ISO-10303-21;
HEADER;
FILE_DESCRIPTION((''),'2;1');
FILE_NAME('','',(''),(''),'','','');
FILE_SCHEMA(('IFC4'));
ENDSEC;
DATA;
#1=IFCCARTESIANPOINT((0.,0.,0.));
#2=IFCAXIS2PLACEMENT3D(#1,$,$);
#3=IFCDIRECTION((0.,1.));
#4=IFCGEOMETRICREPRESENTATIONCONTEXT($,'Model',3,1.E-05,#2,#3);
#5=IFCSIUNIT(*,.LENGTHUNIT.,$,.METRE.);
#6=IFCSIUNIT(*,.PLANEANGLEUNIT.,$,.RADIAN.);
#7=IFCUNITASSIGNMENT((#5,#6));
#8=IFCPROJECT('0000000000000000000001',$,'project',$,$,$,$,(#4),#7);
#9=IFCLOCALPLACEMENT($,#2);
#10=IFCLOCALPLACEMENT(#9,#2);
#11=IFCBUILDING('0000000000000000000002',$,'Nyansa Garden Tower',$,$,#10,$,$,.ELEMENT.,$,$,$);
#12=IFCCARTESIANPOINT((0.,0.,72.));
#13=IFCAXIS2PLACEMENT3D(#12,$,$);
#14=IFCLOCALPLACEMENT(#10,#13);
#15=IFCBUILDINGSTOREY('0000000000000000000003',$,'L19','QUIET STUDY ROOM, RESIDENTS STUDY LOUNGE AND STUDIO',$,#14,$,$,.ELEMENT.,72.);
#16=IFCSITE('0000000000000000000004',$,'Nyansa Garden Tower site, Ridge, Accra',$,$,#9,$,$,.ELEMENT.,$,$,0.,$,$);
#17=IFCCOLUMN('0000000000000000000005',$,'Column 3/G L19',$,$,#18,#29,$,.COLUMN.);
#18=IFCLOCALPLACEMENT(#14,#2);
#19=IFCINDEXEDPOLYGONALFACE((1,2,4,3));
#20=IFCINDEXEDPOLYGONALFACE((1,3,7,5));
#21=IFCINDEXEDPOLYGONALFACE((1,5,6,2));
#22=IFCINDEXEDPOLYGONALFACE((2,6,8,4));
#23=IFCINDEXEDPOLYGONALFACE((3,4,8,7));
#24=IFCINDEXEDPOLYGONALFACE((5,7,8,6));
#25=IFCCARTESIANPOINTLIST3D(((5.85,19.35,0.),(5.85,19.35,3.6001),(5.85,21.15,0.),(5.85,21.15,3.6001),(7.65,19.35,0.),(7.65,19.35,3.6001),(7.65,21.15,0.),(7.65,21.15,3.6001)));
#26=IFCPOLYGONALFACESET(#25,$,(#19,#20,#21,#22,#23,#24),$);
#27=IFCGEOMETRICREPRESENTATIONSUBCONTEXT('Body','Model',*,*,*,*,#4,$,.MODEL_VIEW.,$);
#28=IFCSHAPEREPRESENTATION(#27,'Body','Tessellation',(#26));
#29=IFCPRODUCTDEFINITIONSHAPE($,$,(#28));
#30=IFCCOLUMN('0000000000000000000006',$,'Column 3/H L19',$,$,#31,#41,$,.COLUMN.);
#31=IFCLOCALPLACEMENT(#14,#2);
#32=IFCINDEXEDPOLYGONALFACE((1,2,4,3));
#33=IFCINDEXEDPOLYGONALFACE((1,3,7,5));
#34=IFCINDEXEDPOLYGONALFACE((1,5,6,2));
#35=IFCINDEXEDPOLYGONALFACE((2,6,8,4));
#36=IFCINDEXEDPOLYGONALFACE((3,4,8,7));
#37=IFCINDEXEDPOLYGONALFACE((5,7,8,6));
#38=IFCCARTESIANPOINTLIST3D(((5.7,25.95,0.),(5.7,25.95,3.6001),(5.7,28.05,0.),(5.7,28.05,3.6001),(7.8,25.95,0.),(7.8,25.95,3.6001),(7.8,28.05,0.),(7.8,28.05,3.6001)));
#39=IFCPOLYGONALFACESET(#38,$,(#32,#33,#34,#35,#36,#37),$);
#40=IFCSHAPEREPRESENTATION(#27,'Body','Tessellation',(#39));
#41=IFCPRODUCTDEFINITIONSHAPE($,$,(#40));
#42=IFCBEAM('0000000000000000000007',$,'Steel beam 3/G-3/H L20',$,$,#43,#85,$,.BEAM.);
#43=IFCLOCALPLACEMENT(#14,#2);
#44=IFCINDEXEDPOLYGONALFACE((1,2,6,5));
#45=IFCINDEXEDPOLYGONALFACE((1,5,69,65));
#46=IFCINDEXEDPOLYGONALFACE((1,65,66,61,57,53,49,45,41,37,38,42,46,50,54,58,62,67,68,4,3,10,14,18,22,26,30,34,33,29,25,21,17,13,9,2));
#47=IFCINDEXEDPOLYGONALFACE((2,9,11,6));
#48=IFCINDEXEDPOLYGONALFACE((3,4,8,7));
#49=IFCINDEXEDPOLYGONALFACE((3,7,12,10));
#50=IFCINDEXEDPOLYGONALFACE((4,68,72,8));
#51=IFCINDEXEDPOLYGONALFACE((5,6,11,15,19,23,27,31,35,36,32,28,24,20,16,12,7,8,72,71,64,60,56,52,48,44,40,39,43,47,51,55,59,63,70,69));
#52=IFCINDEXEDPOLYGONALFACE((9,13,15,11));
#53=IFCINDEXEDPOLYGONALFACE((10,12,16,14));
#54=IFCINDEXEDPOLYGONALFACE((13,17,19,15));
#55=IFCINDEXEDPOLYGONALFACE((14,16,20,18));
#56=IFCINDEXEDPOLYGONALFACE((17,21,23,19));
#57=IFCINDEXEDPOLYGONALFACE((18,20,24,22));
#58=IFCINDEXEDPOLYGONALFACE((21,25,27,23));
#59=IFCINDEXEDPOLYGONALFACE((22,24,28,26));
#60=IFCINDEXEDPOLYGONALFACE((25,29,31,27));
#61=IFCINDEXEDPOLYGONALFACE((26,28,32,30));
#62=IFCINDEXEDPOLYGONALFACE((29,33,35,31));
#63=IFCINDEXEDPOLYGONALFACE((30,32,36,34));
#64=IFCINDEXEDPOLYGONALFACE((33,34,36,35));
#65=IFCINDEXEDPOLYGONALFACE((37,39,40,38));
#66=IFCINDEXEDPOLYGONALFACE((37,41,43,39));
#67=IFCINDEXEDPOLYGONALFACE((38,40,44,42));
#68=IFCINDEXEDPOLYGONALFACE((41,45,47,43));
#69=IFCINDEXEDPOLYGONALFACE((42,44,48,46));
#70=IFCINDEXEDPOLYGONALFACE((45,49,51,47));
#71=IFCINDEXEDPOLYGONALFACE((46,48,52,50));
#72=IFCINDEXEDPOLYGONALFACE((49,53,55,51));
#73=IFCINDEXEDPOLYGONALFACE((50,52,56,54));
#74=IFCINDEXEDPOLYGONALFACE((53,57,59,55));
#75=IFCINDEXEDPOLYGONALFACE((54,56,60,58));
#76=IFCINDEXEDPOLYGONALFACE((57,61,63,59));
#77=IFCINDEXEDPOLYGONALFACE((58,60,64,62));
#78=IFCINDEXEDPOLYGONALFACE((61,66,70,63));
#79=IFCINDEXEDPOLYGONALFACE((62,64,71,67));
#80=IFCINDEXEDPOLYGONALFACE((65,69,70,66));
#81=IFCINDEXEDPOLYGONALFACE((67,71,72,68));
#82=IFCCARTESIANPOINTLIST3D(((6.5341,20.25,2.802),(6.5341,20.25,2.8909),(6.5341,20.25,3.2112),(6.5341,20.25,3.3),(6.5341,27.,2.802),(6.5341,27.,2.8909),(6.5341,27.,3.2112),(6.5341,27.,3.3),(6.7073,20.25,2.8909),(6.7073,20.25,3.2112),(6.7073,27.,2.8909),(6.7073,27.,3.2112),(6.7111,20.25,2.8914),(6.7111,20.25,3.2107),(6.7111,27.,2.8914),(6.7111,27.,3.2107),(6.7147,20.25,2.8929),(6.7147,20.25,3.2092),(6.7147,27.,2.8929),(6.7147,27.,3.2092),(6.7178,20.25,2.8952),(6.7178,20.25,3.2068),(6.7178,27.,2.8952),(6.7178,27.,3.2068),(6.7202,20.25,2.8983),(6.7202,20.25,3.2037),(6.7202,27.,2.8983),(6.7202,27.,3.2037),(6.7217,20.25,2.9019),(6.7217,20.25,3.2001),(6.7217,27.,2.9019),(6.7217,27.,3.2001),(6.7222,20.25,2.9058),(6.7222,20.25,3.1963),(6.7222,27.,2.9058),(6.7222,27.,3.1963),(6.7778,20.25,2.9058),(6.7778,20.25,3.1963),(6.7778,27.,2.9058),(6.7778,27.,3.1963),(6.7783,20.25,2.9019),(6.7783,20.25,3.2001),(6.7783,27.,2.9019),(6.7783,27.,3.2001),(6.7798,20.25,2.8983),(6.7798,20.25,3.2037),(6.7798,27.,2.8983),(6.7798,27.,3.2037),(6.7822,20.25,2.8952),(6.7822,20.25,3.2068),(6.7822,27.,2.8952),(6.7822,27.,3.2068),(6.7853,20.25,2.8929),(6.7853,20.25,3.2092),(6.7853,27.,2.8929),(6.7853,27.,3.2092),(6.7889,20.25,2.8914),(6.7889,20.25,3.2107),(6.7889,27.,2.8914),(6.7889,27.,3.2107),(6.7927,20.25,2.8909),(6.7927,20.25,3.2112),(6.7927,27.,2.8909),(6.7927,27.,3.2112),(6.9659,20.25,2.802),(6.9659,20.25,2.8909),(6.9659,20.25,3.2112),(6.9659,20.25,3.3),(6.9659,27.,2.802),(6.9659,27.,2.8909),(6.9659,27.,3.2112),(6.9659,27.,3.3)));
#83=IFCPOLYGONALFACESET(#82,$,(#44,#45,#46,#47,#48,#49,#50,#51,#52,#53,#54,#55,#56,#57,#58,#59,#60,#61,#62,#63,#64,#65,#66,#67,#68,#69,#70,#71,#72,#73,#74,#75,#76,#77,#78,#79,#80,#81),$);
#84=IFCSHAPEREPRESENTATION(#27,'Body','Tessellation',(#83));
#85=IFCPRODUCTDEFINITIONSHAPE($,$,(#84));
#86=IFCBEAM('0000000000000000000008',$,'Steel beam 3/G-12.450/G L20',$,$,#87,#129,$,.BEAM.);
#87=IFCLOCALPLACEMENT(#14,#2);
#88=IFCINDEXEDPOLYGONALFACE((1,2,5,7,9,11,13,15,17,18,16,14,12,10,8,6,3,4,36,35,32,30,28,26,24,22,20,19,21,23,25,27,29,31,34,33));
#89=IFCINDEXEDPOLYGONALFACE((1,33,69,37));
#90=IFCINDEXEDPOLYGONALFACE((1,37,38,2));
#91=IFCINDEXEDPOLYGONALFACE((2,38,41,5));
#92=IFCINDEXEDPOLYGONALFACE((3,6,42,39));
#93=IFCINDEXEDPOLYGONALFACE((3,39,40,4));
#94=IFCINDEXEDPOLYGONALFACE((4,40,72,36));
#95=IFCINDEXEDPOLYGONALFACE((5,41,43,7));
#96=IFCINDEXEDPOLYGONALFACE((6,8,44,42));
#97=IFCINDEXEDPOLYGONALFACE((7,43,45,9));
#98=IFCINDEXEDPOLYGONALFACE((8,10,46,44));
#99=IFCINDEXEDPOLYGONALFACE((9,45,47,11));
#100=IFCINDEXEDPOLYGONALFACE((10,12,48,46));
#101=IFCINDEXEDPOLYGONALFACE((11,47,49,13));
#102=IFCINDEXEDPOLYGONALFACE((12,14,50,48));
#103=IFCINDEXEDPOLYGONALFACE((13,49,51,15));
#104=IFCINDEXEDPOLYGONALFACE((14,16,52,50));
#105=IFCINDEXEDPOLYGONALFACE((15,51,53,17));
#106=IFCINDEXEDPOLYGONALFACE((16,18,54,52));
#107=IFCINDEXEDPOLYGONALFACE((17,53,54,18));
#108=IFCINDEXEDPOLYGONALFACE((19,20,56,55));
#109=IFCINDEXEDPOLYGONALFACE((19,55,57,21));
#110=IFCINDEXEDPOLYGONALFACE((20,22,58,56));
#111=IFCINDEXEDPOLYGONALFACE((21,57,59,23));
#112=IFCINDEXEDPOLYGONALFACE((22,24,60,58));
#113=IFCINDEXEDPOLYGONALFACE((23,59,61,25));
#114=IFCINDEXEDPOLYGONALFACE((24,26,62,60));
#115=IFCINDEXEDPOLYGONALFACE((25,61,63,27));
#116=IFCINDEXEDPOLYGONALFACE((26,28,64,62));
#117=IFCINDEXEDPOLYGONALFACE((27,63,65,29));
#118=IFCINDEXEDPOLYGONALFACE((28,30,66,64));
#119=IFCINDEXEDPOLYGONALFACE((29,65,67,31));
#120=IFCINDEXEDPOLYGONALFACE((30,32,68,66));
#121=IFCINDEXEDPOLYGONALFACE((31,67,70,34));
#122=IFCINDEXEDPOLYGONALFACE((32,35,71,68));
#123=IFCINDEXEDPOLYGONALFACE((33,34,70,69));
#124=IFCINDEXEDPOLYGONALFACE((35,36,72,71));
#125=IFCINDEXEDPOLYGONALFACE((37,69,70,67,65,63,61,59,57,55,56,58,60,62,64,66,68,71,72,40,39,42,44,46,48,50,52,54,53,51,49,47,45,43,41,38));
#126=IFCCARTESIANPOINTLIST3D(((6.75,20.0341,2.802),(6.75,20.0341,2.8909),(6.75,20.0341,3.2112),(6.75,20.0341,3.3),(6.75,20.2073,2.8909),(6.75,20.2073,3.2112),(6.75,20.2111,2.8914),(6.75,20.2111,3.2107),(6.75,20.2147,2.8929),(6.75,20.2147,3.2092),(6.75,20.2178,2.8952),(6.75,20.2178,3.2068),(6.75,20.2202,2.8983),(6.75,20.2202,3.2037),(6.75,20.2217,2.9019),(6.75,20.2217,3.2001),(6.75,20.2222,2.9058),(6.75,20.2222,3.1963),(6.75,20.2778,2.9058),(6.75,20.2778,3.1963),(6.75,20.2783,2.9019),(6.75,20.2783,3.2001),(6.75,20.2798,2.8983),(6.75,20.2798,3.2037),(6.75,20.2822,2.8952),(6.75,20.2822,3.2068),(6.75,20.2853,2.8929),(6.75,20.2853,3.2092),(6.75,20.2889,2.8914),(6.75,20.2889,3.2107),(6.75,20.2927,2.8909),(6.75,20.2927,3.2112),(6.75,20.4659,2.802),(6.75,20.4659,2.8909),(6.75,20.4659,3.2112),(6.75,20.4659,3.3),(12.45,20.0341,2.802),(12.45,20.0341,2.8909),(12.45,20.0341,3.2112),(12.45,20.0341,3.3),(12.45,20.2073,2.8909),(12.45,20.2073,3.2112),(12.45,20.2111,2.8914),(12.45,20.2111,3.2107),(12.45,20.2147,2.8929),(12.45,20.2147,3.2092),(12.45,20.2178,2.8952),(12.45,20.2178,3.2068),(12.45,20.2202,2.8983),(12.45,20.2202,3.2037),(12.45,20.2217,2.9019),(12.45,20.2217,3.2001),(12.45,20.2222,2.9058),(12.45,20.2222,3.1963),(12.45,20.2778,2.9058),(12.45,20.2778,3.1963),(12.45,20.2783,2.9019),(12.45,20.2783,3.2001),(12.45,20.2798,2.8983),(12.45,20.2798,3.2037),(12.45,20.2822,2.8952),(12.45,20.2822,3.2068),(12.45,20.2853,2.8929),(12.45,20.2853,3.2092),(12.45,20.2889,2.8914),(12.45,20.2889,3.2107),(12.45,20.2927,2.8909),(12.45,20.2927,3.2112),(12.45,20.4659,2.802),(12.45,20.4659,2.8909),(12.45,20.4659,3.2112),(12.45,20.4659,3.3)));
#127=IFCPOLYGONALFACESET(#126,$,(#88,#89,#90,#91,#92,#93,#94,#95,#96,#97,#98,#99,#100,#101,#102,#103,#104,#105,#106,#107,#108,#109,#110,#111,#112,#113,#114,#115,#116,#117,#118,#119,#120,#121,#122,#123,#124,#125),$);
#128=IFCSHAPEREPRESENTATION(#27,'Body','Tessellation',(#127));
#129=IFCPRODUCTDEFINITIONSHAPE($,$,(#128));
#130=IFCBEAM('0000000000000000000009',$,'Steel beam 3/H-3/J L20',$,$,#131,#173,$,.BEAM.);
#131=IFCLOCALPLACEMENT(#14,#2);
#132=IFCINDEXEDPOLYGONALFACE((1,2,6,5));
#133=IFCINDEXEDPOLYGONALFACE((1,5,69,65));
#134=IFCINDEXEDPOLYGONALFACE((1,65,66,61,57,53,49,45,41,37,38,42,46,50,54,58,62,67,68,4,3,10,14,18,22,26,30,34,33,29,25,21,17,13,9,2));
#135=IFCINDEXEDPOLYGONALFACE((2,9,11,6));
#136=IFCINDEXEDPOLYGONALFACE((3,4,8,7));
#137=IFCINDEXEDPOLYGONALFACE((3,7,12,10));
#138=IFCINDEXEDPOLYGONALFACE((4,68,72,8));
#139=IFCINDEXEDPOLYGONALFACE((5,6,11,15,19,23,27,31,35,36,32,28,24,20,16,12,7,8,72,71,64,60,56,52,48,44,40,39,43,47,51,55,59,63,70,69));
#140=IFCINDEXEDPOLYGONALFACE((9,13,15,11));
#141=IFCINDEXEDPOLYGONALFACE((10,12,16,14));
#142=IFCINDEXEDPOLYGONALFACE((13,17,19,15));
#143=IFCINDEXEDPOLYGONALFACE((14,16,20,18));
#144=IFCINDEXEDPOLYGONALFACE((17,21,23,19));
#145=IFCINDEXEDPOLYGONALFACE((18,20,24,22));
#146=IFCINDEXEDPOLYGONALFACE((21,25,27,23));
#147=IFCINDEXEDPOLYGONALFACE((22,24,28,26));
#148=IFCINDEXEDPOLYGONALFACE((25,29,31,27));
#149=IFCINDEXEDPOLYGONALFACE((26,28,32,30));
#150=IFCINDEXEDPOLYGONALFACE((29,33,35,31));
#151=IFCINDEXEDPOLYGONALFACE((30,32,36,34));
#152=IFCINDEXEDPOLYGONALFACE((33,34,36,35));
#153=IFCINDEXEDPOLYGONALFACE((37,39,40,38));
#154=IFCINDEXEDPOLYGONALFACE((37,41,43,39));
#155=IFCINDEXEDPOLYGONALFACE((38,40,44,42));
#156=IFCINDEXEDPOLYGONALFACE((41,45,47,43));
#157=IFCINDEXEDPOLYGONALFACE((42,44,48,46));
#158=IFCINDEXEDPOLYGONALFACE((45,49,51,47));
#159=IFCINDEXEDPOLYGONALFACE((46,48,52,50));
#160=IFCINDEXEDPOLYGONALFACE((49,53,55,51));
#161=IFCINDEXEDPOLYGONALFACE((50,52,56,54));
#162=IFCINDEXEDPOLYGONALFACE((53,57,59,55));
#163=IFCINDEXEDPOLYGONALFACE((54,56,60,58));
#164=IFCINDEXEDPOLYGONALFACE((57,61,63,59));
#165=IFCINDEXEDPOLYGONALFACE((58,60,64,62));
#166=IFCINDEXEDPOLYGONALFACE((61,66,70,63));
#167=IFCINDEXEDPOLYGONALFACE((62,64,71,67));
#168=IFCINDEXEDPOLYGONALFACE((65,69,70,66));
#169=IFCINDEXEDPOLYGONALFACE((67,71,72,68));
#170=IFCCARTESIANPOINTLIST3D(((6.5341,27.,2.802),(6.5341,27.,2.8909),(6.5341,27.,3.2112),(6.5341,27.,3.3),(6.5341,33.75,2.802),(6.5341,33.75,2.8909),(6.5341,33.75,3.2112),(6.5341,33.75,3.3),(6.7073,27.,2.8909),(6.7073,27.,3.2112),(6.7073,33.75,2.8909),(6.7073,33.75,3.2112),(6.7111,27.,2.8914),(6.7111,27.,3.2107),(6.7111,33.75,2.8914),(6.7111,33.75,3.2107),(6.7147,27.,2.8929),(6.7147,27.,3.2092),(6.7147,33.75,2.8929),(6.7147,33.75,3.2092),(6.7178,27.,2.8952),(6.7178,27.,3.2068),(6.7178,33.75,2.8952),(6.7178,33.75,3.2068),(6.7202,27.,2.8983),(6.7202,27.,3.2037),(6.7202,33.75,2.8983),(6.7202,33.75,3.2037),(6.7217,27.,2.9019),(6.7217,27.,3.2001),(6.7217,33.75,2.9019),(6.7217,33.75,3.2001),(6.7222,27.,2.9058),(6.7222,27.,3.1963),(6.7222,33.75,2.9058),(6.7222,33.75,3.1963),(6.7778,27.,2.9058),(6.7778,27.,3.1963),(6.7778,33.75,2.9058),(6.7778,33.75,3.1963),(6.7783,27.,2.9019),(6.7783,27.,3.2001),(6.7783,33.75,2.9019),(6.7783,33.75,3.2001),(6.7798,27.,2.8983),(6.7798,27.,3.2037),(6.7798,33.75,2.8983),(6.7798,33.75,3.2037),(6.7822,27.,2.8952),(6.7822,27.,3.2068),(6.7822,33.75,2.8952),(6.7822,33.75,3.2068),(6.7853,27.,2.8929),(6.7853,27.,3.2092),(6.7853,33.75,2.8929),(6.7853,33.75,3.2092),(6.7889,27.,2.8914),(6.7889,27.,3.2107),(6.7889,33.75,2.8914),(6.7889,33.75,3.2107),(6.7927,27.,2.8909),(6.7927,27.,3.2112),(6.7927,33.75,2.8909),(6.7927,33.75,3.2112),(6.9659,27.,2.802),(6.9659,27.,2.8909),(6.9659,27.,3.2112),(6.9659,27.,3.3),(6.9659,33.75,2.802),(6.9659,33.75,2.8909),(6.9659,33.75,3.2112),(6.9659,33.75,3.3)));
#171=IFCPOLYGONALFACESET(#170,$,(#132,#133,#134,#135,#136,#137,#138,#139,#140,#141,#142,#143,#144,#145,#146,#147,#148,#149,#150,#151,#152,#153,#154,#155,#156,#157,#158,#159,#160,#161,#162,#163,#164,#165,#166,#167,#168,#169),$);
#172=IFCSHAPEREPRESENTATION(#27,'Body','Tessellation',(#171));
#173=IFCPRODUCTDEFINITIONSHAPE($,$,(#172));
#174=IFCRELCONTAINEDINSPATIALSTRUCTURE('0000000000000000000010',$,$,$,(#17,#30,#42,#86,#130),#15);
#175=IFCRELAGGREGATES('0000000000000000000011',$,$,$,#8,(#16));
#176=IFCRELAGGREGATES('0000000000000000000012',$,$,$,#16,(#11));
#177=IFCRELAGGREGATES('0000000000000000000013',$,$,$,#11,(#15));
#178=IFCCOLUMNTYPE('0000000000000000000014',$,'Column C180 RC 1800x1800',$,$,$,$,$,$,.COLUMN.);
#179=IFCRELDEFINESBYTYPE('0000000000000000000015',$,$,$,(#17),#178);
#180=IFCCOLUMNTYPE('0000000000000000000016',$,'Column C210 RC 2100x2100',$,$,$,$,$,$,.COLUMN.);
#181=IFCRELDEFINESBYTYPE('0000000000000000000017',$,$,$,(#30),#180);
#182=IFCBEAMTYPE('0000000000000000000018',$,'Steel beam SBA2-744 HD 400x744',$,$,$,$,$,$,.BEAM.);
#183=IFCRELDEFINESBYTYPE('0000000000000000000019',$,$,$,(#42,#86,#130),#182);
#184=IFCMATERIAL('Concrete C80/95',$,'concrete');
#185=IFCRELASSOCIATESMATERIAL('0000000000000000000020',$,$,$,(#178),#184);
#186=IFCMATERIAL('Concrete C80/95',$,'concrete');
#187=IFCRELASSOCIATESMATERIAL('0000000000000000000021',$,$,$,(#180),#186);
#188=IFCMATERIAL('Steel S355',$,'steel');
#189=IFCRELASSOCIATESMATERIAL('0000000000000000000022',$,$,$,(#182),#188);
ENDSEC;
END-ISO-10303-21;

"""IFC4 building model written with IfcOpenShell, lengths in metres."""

from ifc_helpers import new_model, si_unit, direction, frame, origin, origin_2d, place, context, subcontext, project, spatial, rectangle, i_section, extrude, material, material_profile, profile_set, type_object, element, save


model = new_model("IFC4")

# Units and contexts
model_context = context("Model", 3, precision=1e-05, world=origin(), true_north=direction((0.0, 1.0)))
body_context = subcontext(model_context, "Body", "Model", "MODEL_VIEW")
ifc_project = project(units=[si_unit("LENGTHUNIT", "METRE"), si_unit("PLANEANGLEUNIT", "RADIAN")], contexts=[model_context])

# Site, building, storey
site_placement = place(None, origin())
site = spatial("IfcSite", under=ifc_project, at=site_placement, Name="Nyansa Garden Tower site, Ridge, Accra", CompositionType="ELEMENT", RefElevation=0.0)
building_placement = place(site_placement, origin())
building = spatial("IfcBuilding", under=site, at=building_placement, Name="Nyansa Garden Tower", CompositionType="ELEMENT")
storey_placement = place(building_placement, frame((0.0, 0.0, 72.0)))
storey = spatial("IfcBuildingStorey", under=building, at=storey_placement, Name="L19", Description="QUIET STUDY ROOM, RESIDENTS STUDY LOUNGE AND STUDIO", CompositionType="ELEMENT", Elevation=72.0)

# Columns
ifc_material_1 = material(Name="Concrete C80/95", Category="concrete")
ifc_material_profile_1 = material_profile(ifc_material_1, rectangle(XDim=1.8, YDim=1.8, at=origin_2d()), Name="RC 1800x1800")
ifc_profile_set_1 = profile_set([ifc_material_profile_1], Name="Concrete C80/95")
column_type_1 = type_object("IfcColumnType", Name="Column C180 RC 1800x1800", PredefinedType="COLUMN", material=ifc_profile_set_1)
column_1_placement = place(storey_placement, frame((6.75, 20.25, 0.0), z_axis=(0.0, 0.0, 1.0), x_axis=(1.0, 0.0, 0.0)))
element("IfcColumn", 1, at=column_1_placement, inside=storey, type_object=column_type_1, Name="Column 3/G L19", PredefinedType="COLUMN", context=body_context, shape_type="SweptSolid", body=[
    extrude(rectangle(XDim=1.8, YDim=1.8, at=origin_2d()), origin(), (0.0, 0.0, 1.0), 3.6001),
])
ifc_material_2 = material(Name="Concrete C80/95", Category="concrete")
ifc_material_profile_2 = material_profile(ifc_material_2, rectangle(XDim=2.1001, YDim=2.1001, at=origin_2d()), Name="RC 2100x2100")
ifc_profile_set_2 = profile_set([ifc_material_profile_2], Name="Concrete C80/95")
column_type_2 = type_object("IfcColumnType", Name="Column C210 RC 2100x2100", PredefinedType="COLUMN", material=ifc_profile_set_2)
column_2_placement = place(storey_placement, frame((6.75, 27.0, 0.0), z_axis=(0.0, 0.0, 1.0), x_axis=(1.0, 0.0, 0.0)))
element("IfcColumn", 2, at=column_2_placement, inside=storey, type_object=column_type_2, Name="Column 3/H L19", PredefinedType="COLUMN", context=body_context, shape_type="SweptSolid", body=[
    extrude(rectangle(XDim=2.1001, YDim=2.1001, at=origin_2d()), origin(), (0.0, 0.0, 1.0), 3.6001),
])

# Beams
ifc_material_3 = material(Name="Steel S355", Category="steel")
ifc_material_profile_3 = material_profile(ifc_material_3, i_section(OverallWidth=0.4319, OverallDepth=0.498, WebThickness=0.0557, FlangeThickness=0.0889, FilletRadius=0.0149, at=origin_2d()), Name="HD 400x744")
ifc_profile_set_3 = profile_set([ifc_material_profile_3], Name="Steel S355")
beam_type_1 = type_object("IfcBeamType", Name="Steel beam SBA2-744 HD 400x744", PredefinedType="BEAM", material=ifc_profile_set_3)
beam_1_placement = place(storey_placement, frame((6.75, 20.25, 3.051), z_axis=(0.0, 1.0, 0.0), x_axis=(-1.0, 0.0, 0.0)))
element("IfcBeam", 3, at=beam_1_placement, inside=storey, type_object=beam_type_1, Name="Steel beam 3/G-3/H L20", PredefinedType="BEAM", context=body_context, shape_type="SweptSolid", body=[
    extrude(i_section(OverallWidth=0.4319, OverallDepth=0.498, WebThickness=0.0557, FlangeThickness=0.0889, FilletRadius=0.0149, at=origin_2d()), origin(), (0.0, 0.0, 1.0), 6.75),
])
beam_2_placement = place(storey_placement, frame((6.75, 20.25, 3.051), z_axis=(1.0, 0.0, 0.0), x_axis=(0.0, 1.0, 0.0)))
element("IfcBeam", 4, at=beam_2_placement, inside=storey, type_object=beam_type_1, Name="Steel beam 3/G-12.450/G L20", PredefinedType="BEAM", context=body_context, shape_type="SweptSolid", body=[
    extrude(i_section(OverallWidth=0.4319, OverallDepth=0.498, WebThickness=0.0557, FlangeThickness=0.0889, FilletRadius=0.0149, at=origin_2d()), origin(), (0.0, 0.0, 1.0), 5.7),
])
beam_3_placement = place(storey_placement, frame((6.75, 27.0, 3.051), z_axis=(0.0, 1.0, 0.0), x_axis=(-1.0, 0.0, 0.0)))
element("IfcBeam", 5, at=beam_3_placement, inside=storey, type_object=beam_type_1, Name="Steel beam 3/H-3/J L20", PredefinedType="BEAM", context=body_context, shape_type="SweptSolid", body=[
    extrude(i_section(OverallWidth=0.4319, OverallDepth=0.498, WebThickness=0.0557, FlangeThickness=0.0889, FilletRadius=0.0149, at=origin_2d()), origin(), (0.0, 0.0, 1.0), 6.75),
])

save(model, "model.ifc")
